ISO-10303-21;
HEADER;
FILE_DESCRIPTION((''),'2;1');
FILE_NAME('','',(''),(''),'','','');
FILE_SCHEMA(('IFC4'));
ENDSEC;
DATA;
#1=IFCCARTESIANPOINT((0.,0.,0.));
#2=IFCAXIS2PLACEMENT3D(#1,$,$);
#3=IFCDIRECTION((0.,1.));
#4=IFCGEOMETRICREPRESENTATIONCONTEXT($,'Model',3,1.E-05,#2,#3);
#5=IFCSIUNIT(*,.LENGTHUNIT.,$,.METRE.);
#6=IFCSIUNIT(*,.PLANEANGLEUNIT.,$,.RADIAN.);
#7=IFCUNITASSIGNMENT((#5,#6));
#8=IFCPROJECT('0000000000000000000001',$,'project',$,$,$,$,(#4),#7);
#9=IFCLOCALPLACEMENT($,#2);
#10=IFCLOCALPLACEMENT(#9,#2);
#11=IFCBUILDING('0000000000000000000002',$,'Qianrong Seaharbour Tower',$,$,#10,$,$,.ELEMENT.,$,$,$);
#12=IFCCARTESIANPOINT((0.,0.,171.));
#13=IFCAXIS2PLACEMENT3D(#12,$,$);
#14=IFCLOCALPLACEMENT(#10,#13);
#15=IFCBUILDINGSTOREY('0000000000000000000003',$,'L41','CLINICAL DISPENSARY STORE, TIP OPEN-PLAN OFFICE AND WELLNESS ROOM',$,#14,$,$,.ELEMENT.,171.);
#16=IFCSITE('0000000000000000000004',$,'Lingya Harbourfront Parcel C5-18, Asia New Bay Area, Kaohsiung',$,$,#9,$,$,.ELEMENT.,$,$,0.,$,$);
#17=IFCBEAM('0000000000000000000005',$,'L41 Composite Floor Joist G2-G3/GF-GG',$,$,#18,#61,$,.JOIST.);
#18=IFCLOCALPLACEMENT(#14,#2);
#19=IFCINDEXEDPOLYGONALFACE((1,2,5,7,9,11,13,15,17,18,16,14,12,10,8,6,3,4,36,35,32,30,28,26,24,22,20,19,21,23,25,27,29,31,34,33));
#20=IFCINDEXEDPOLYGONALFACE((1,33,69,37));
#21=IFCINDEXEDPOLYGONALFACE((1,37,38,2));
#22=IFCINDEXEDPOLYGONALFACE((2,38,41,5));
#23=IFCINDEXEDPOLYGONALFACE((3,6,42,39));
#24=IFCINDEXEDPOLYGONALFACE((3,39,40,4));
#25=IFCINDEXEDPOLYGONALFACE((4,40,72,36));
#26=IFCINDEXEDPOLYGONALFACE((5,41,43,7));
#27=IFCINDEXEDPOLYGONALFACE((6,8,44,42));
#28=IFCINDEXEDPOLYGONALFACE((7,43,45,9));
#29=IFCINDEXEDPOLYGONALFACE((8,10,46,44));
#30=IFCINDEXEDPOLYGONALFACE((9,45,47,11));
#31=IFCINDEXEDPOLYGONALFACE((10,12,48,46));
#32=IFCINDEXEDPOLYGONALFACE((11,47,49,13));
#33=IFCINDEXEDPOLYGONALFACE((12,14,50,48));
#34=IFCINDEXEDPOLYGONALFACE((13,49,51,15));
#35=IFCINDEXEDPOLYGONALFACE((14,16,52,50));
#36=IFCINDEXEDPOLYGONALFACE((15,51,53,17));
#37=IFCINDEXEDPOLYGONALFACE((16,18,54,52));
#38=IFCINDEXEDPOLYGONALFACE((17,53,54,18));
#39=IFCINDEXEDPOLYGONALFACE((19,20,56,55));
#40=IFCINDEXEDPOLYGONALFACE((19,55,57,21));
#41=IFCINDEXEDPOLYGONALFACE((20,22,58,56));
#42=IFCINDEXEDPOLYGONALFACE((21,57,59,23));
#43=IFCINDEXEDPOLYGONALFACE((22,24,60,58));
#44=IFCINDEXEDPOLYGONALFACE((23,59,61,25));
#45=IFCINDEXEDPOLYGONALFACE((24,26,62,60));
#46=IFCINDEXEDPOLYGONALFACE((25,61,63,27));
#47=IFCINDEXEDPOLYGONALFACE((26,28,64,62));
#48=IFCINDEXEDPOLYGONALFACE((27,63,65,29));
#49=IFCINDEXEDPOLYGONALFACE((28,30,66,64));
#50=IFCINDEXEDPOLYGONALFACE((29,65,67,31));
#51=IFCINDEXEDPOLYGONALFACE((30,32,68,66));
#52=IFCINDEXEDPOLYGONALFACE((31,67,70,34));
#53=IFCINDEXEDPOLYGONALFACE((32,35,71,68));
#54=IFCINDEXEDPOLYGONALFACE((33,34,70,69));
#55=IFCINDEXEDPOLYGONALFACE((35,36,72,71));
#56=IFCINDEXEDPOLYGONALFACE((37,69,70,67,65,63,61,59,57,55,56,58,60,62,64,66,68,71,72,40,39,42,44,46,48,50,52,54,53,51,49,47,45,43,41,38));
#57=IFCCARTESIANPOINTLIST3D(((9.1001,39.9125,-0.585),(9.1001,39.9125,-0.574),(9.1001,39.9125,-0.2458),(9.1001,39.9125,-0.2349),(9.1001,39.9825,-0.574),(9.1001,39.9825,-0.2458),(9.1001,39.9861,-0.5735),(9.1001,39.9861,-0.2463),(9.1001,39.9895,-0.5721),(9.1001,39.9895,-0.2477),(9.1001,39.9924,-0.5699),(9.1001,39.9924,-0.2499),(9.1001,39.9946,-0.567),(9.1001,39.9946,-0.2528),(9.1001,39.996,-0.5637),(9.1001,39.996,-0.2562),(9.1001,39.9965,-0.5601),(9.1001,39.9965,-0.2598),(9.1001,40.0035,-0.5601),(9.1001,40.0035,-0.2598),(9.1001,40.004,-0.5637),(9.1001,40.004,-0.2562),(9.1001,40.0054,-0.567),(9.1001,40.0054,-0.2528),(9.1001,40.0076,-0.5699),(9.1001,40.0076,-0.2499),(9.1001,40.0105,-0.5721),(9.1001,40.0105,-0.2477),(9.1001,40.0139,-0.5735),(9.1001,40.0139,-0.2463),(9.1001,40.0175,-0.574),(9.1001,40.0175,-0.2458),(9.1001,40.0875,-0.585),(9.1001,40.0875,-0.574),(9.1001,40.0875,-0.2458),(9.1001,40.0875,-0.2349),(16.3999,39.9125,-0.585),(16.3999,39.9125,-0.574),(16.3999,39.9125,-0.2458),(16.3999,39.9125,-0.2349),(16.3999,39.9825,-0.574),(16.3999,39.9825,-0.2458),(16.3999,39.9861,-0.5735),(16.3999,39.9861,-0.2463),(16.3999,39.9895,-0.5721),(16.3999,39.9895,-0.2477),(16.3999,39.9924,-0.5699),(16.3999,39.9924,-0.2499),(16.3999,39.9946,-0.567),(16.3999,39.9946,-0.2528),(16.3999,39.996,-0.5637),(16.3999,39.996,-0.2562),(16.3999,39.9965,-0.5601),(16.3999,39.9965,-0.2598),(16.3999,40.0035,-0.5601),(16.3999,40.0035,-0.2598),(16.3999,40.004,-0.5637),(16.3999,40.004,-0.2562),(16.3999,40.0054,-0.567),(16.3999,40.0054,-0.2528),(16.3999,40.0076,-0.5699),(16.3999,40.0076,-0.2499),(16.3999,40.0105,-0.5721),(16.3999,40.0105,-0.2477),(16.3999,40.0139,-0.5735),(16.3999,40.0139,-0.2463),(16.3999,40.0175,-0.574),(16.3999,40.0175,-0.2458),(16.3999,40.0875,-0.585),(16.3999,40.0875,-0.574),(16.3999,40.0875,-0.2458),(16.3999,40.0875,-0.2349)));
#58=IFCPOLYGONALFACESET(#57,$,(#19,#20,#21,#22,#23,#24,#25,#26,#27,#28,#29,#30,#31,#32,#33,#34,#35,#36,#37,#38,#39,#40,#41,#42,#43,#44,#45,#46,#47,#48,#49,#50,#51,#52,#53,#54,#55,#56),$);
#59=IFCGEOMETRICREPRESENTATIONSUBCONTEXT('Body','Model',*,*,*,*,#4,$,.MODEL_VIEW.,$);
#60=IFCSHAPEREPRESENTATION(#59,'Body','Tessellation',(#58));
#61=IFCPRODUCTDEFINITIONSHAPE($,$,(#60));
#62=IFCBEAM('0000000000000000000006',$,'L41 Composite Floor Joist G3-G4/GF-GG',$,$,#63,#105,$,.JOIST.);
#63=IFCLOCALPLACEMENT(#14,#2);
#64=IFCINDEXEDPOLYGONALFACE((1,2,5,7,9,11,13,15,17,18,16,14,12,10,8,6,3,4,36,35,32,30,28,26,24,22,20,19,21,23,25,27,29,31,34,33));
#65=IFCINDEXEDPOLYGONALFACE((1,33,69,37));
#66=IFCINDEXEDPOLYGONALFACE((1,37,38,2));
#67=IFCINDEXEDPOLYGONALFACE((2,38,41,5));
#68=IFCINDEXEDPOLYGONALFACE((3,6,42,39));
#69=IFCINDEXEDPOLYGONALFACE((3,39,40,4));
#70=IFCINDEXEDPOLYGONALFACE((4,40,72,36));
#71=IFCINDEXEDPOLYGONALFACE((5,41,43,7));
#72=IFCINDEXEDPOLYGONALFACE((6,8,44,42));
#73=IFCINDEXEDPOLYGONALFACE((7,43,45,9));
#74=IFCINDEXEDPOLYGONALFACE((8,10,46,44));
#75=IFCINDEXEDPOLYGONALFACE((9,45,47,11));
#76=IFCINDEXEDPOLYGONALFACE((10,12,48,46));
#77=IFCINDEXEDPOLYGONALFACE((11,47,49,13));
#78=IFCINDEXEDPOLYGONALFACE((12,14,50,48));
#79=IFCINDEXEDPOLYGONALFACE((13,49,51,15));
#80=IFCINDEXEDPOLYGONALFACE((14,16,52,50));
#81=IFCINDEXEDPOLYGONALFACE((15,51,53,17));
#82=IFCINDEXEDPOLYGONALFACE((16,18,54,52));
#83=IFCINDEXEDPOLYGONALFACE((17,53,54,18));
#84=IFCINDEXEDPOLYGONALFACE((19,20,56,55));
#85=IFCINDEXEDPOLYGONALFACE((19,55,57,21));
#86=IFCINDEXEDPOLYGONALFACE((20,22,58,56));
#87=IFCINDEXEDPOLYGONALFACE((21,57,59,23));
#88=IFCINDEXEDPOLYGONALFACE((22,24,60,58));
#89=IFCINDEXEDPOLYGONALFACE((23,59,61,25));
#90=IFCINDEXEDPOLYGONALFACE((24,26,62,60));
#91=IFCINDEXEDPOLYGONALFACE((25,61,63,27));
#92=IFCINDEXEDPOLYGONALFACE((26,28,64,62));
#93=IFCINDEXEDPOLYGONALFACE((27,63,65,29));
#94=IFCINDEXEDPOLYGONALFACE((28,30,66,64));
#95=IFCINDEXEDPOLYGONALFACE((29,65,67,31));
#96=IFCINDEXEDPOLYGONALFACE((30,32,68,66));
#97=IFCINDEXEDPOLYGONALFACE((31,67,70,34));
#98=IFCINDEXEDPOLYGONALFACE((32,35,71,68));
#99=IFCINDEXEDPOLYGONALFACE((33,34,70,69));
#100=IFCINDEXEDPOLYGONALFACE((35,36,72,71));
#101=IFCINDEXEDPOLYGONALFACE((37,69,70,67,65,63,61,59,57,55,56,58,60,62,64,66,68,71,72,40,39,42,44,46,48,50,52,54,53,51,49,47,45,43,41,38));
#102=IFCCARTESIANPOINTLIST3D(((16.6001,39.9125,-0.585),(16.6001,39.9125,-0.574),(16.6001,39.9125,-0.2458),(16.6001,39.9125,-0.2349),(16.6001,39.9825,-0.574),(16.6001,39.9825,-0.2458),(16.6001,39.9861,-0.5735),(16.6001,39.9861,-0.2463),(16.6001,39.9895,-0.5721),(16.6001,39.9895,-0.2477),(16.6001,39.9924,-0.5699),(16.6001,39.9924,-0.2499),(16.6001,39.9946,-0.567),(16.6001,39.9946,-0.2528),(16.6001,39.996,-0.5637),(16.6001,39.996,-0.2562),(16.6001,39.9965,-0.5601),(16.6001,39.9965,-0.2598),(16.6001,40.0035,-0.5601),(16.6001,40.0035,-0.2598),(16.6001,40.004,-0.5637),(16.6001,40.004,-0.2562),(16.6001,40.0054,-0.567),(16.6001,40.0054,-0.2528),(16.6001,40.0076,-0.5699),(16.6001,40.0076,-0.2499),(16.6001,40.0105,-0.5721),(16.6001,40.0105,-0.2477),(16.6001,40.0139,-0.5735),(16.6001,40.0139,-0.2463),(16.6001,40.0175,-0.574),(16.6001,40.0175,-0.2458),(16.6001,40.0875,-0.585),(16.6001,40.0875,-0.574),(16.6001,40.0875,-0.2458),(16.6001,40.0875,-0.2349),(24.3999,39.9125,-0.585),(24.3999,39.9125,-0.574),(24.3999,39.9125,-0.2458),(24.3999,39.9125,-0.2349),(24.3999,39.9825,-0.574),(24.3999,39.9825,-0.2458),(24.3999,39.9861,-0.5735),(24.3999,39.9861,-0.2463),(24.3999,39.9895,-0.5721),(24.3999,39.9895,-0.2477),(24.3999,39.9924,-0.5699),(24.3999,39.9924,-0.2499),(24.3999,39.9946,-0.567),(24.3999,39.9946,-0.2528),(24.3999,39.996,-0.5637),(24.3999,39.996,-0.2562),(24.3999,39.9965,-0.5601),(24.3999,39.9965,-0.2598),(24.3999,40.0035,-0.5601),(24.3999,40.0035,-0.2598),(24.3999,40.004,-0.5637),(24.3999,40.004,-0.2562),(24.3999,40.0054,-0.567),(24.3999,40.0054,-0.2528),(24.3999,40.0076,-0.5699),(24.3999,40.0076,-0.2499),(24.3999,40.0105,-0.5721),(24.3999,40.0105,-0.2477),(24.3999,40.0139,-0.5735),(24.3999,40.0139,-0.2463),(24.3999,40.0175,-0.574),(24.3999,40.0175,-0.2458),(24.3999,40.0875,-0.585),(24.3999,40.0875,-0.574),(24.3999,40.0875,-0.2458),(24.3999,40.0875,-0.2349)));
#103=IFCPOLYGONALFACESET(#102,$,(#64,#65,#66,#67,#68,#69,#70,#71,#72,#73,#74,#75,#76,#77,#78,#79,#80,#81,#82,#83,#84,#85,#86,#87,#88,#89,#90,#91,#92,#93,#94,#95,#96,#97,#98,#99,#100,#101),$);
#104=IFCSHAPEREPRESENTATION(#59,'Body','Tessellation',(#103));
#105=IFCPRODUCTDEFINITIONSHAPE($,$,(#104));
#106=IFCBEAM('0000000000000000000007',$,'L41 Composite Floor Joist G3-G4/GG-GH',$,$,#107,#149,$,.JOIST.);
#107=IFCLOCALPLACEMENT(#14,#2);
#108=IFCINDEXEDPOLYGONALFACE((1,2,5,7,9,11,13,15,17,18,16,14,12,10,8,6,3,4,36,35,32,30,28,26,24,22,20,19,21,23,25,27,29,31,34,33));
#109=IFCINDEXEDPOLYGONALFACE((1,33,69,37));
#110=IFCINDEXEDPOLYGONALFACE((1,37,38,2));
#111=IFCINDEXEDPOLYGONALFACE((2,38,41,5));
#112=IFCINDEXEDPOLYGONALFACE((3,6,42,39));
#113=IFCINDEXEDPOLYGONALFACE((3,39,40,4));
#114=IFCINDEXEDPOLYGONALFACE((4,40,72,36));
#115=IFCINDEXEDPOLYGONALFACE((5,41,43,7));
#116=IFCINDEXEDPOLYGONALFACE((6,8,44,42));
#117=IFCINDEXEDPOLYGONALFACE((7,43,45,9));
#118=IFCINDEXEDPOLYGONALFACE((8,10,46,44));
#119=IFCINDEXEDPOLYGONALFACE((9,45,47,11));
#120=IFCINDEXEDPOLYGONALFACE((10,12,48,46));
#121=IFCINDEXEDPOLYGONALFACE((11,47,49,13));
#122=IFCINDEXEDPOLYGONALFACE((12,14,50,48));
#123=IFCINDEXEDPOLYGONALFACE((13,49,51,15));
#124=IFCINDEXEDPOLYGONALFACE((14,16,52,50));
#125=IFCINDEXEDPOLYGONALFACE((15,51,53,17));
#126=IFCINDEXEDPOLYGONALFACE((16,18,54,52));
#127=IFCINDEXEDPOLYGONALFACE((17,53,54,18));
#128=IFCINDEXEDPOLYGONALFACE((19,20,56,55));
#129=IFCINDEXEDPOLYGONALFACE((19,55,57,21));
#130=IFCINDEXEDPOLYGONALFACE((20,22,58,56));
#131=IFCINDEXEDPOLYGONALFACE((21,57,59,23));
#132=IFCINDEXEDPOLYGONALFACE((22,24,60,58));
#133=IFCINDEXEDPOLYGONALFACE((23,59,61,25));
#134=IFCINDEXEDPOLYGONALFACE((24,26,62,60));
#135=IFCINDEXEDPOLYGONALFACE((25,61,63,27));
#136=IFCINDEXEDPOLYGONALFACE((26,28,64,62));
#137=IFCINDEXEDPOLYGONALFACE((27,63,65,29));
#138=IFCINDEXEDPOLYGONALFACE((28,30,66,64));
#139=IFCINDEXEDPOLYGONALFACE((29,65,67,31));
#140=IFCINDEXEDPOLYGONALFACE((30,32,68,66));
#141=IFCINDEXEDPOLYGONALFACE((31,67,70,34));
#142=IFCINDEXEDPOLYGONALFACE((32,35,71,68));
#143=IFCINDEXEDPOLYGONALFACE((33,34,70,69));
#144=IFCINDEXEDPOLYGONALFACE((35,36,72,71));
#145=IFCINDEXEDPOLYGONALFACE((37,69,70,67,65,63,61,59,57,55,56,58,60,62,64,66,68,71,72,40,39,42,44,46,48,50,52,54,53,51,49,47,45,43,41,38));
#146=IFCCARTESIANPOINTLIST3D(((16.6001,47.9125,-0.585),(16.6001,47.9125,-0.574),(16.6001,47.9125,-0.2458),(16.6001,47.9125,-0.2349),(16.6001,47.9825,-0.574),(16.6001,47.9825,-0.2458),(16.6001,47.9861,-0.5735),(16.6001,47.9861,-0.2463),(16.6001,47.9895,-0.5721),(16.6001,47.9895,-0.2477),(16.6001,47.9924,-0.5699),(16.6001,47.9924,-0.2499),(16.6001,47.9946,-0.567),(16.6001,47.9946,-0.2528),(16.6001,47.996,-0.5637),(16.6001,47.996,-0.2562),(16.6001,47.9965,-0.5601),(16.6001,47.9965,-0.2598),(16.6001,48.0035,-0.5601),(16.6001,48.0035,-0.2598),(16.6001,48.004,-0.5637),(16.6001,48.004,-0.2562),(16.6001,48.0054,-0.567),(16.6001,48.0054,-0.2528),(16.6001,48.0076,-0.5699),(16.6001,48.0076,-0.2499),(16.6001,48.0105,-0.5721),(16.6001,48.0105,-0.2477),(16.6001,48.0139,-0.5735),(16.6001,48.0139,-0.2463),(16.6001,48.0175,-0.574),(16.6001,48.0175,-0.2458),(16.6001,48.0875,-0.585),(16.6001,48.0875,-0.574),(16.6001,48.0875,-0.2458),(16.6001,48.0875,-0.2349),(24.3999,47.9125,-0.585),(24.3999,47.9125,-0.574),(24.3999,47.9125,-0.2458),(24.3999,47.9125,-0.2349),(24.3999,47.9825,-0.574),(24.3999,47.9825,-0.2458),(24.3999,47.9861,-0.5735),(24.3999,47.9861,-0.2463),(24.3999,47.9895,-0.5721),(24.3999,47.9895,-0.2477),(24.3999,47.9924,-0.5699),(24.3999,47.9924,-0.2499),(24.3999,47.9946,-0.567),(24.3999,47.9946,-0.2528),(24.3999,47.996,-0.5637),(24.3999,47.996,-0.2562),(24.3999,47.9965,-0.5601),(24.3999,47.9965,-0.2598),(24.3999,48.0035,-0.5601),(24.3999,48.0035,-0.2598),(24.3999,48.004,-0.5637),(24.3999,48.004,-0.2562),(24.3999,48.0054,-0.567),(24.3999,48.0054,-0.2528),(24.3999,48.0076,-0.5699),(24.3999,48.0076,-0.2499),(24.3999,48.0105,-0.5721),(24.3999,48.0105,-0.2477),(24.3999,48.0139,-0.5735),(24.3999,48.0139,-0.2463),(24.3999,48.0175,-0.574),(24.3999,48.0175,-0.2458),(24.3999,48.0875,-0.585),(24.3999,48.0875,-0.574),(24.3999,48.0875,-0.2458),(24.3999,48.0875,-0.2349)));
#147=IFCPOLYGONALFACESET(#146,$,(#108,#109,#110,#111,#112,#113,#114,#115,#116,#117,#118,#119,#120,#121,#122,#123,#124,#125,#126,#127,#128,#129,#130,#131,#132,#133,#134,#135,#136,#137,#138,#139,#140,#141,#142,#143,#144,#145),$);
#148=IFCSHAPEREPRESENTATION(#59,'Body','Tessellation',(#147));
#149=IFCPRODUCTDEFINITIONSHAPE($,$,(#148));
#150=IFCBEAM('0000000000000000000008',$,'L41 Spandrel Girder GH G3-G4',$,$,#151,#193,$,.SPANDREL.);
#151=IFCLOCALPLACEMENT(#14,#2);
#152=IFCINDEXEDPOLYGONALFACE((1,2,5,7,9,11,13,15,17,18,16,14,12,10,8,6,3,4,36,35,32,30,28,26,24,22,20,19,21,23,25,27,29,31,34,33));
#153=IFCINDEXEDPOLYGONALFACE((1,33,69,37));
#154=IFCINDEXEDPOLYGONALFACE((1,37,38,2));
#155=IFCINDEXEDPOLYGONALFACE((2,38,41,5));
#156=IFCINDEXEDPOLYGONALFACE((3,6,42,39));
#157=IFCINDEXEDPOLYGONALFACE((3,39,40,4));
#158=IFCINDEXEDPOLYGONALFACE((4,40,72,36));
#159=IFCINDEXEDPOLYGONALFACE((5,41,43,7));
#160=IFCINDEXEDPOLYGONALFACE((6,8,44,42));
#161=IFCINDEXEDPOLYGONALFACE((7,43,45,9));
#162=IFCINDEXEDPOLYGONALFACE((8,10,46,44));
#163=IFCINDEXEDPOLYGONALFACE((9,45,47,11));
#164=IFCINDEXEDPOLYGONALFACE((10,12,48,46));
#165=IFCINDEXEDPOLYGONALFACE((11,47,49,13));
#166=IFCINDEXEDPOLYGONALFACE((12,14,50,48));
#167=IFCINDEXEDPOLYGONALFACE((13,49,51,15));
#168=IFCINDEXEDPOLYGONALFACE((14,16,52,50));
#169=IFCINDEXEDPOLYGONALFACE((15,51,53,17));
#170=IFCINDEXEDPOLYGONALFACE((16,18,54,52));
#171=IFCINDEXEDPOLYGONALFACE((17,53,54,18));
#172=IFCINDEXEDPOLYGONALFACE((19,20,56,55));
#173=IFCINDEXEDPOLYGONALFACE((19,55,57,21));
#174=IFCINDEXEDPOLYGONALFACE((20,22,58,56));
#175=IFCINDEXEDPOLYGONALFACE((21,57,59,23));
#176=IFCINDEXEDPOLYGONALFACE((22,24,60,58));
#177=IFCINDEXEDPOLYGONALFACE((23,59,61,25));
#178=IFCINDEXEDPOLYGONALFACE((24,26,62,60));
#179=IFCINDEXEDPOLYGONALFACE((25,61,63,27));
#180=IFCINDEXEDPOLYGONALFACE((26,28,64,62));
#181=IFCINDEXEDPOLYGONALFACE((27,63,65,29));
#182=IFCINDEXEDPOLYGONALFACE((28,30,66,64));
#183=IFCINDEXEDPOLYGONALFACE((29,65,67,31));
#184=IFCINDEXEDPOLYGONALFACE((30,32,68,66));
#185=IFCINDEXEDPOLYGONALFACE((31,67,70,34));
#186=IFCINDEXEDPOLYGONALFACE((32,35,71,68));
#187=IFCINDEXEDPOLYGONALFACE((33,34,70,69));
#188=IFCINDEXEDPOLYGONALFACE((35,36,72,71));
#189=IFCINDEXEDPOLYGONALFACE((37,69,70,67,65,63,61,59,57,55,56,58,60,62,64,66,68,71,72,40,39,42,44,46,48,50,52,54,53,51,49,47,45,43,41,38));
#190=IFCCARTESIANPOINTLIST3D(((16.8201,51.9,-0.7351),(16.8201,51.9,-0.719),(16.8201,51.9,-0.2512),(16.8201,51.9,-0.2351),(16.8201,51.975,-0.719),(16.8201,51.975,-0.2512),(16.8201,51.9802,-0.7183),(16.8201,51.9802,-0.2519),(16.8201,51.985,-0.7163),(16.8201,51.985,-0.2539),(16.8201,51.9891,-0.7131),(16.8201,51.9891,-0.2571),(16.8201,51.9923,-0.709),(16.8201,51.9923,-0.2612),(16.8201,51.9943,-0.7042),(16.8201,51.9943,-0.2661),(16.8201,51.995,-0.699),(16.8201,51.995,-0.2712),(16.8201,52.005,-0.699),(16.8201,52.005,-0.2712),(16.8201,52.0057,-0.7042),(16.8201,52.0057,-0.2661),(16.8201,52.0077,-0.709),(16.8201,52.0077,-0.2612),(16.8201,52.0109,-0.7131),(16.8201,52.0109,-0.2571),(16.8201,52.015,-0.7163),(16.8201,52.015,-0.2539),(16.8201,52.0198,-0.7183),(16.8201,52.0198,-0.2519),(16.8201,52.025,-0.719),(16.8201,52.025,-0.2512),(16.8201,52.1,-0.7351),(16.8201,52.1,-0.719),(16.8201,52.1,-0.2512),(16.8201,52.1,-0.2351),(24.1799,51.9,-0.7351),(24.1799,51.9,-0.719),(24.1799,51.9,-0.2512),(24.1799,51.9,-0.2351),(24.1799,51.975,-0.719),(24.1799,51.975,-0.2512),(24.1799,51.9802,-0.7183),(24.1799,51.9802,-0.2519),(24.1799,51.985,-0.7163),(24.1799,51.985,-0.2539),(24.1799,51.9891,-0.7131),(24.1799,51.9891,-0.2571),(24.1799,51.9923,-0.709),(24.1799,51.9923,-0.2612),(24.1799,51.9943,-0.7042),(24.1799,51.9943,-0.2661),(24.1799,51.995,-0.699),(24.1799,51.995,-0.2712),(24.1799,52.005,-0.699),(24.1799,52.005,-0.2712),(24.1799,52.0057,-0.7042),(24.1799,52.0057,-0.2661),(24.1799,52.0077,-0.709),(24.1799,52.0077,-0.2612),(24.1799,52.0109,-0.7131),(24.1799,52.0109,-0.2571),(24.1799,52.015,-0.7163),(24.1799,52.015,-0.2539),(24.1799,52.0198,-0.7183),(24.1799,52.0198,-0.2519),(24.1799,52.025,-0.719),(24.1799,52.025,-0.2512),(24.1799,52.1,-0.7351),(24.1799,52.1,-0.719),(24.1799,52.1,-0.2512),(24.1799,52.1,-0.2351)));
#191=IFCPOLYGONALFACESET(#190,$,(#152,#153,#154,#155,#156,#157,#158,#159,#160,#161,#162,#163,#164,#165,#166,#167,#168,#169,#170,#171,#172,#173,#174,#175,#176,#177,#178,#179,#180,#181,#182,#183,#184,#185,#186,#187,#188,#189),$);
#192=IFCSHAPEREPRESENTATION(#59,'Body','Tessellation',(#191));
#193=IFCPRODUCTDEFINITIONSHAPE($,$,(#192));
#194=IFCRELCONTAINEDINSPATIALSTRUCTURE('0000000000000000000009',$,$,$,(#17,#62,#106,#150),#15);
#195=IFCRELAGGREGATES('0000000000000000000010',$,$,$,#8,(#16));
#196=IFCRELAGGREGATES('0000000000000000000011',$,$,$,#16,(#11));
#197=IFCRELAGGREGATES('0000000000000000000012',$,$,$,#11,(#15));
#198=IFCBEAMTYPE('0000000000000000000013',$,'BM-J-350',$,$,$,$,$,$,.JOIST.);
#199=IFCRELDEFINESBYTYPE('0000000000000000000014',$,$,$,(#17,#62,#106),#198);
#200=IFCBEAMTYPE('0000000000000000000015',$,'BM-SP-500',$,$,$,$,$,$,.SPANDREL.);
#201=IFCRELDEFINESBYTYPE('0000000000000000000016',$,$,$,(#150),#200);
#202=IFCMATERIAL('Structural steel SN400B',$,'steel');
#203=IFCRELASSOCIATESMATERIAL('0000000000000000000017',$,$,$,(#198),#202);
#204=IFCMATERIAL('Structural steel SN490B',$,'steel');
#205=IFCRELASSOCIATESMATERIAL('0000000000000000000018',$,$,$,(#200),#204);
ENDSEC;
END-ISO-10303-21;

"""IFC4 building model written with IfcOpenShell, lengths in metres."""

from ifc_helpers import new_model, si_unit, direction, frame, origin, origin_2d, place, context, subcontext, project, spatial, i_section, extrude, material, material_profile, profile_set, type_object, element, save


model = new_model("IFC4")

# Units and contexts
model_context = context("Model", 3, precision=1e-05, world=origin(), true_north=direction((0.0, 1.0)))
body_context = subcontext(model_context, "Body", "Model", "MODEL_VIEW")
ifc_project = project(units=[si_unit("LENGTHUNIT", "METRE"), si_unit("PLANEANGLEUNIT", "RADIAN")], contexts=[model_context])

# Site, building, storey
site_placement = place(None, origin())
site = spatial("IfcSite", under=ifc_project, at=site_placement, Name="Lingya Harbourfront Parcel C5-18, Asia New Bay Area, Kaohsiung", CompositionType="ELEMENT", RefElevation=0.0)
building_placement = place(site_placement, origin())
building = spatial("IfcBuilding", under=site, at=building_placement, Name="Qianrong Seaharbour Tower", CompositionType="ELEMENT")
storey_placement = place(building_placement, frame((0.0, 0.0, 171.0)))
storey = spatial("IfcBuildingStorey", under=building, at=storey_placement, Name="L41", Description="CLINICAL DISPENSARY STORE, TIP OPEN-PLAN OFFICE AND WELLNESS ROOM", CompositionType="ELEMENT", Elevation=171.0)

# Shared definitions
ifc_material_1 = material(Name="Structural steel SN490B", Category="steel")

# Beams
ifc_material_2 = material(Name="Structural steel SN400B", Category="steel")
ifc_material_profile_1 = material_profile(ifc_material_2, i_section(OverallWidth=0.175, OverallDepth=0.3501, WebThickness=0.0071, FlangeThickness=0.011, FilletRadius=0.0139, at=origin_2d()), Name="H350x175x7x11")
ifc_profile_set_1 = profile_set([ifc_material_profile_1], Name="Structural steel SN400B")
beam_type_1 = type_object("IfcBeamType", Name="BM-J-350", PredefinedType="JOIST", material=ifc_profile_set_1)
beam_1_placement = place(storey_placement, frame((9.1001, 40.0, -0.4099), z_axis=(1.0, 0.0, 0.0), x_axis=(0.0, 1.0, 0.0)))
element("IfcBeam", 1, at=beam_1_placement, inside=storey, type_object=beam_type_1, Name="L41 Composite Floor Joist G2-G3/GF-GG", PredefinedType="JOIST", context=body_context, shape_type="SweptSolid", body=[
    extrude(i_section(OverallWidth=0.175, OverallDepth=0.3501, WebThickness=0.0071, FlangeThickness=0.011, FilletRadius=0.0139, at=origin_2d()), origin(), (0.0, 0.0, 1.0), 7.2998),
])
for number, where, z_axis, x_axis, name in (
    (2, (16.6001, 40.0, -0.4099), (1.0, 0.0, 0.0), (0.0, 1.0, 0.0), "L41 Composite Floor Joist G3-G4/GF-GG"),
    (3, (16.6001, 48.0, -0.4099), (1.0, 0.0, 0.0), (0.0, 1.0, 0.0), "L41 Composite Floor Joist G3-G4/GG-GH"),
):
    element("IfcBeam", number, at=place(storey_placement, frame(where, z_axis=z_axis, x_axis=x_axis)), inside=storey, type_object=beam_type_1, Name=name, PredefinedType="JOIST", context=body_context, shape_type="SweptSolid", body=[
        extrude(i_section(OverallWidth=0.175, OverallDepth=0.3501, WebThickness=0.0071, FlangeThickness=0.011, FilletRadius=0.0139, at=origin_2d()), origin(), (0.0, 0.0, 1.0), 7.7998),
    ])
ifc_material_profile_2 = material_profile(ifc_material_1, i_section(OverallWidth=0.2, OverallDepth=0.5, WebThickness=0.01, FlangeThickness=0.0161, FilletRadius=0.02, at=origin_2d()), Name="H500x200x10x16")
ifc_profile_set_2 = profile_set([ifc_material_profile_2], Name="Structural steel SN490B")
beam_type_2 = type_object("IfcBeamType", Name="BM-SP-500", PredefinedType="SPANDREL", material=ifc_profile_set_2)
for number, where, z_axis, x_axis, name in (
    (4, (16.8201, 52.0, -0.4851), (1.0, 0.0, 0.0), (0.0, 1.0, 0.0), "L41 Spandrel Girder GH G3-G4"),
):
    element("IfcBeam", number, at=place(storey_placement, frame(where, z_axis=z_axis, x_axis=x_axis)), inside=storey, type_object=beam_type_2, Name=name, PredefinedType="SPANDREL", context=body_context, shape_type="SweptSolid", body=[
        extrude(i_section(OverallWidth=0.2, OverallDepth=0.5, WebThickness=0.01, FlangeThickness=0.0161, FilletRadius=0.02, at=origin_2d()), origin(), (0.0, 0.0, 1.0), 7.3599),
    ])

save(model, "model.ifc")
